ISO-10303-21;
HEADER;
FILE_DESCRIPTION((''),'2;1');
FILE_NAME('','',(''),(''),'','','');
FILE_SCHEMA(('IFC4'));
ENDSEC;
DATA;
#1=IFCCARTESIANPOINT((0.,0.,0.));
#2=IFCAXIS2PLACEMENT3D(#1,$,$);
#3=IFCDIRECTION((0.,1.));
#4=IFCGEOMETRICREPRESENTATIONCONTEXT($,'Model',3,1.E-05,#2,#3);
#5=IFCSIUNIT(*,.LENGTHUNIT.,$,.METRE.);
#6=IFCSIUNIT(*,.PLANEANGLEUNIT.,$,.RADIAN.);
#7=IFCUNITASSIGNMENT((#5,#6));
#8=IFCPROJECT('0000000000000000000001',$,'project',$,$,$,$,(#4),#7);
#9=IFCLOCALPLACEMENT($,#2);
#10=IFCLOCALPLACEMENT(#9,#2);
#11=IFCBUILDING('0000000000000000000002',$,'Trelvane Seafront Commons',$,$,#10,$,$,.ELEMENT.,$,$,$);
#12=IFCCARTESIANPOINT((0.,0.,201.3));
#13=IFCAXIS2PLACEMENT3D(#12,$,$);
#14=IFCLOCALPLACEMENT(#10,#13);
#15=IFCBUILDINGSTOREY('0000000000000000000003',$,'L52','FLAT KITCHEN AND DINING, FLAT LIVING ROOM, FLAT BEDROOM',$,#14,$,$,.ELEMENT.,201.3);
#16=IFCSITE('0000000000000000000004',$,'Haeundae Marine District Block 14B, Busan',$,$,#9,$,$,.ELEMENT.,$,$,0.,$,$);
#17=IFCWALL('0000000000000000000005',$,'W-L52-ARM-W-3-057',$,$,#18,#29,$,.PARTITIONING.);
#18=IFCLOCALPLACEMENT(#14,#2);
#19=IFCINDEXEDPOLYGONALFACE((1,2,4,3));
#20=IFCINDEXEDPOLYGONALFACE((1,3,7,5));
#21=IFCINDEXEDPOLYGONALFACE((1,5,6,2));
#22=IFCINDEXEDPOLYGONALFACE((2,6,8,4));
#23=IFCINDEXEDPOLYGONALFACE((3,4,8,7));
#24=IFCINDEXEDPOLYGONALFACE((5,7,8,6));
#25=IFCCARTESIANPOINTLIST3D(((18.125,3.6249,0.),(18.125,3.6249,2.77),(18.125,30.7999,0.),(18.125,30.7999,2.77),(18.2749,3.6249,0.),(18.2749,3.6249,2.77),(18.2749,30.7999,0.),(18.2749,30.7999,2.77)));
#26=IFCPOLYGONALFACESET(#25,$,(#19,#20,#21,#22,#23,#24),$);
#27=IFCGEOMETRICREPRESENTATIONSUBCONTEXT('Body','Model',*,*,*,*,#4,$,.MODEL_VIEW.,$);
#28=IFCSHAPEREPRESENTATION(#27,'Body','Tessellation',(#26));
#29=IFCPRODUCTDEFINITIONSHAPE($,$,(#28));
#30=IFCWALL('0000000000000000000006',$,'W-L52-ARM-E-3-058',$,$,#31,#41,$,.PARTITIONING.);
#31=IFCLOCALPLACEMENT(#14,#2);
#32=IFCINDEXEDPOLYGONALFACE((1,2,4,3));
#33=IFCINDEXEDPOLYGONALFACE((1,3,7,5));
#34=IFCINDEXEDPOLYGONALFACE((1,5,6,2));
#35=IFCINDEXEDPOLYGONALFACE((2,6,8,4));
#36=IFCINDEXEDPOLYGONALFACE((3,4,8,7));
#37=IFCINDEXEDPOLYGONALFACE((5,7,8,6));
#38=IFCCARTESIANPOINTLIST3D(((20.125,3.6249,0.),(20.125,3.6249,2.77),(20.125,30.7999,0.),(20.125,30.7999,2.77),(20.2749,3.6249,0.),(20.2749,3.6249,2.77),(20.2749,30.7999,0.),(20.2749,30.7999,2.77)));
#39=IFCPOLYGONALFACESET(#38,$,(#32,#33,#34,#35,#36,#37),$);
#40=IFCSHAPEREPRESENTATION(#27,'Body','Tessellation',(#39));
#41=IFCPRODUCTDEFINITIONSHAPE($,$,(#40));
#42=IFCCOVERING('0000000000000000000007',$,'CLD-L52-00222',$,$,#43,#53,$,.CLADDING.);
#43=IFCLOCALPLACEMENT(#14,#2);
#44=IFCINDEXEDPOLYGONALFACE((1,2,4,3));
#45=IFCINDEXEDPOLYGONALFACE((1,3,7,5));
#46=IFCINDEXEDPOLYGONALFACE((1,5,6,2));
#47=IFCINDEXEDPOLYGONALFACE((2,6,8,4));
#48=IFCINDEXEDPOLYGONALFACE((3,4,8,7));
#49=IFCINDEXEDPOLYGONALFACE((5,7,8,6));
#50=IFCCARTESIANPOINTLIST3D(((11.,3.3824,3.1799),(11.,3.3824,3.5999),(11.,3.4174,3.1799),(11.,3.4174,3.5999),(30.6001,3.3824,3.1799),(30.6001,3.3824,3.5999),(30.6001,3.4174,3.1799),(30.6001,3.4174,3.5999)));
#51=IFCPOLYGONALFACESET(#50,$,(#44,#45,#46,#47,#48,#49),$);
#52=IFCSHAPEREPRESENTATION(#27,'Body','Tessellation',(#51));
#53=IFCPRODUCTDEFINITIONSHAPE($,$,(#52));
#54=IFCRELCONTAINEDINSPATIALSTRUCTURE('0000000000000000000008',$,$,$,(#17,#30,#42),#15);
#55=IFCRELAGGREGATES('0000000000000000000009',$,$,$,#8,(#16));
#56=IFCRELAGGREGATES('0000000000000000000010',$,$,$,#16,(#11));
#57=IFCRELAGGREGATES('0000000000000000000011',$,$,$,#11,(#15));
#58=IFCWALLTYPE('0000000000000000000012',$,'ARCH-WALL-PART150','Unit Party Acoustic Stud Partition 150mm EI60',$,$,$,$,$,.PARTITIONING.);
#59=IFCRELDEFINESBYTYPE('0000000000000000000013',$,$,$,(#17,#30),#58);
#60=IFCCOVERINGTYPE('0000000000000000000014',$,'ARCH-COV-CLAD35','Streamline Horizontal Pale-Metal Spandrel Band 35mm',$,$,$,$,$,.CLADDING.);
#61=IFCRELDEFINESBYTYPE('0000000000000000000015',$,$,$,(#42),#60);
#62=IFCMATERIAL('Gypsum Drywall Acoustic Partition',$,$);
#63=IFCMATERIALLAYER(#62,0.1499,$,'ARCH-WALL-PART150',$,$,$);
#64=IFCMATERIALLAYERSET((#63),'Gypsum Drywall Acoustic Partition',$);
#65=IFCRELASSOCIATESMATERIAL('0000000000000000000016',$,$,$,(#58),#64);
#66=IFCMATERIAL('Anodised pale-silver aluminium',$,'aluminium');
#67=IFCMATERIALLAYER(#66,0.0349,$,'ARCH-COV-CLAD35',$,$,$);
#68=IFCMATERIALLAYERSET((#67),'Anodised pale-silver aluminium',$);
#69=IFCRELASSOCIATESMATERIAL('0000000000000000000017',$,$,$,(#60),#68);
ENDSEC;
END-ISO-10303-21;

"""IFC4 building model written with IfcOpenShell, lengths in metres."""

from ifc_helpers import new_model, si_unit, direction, frame, frame_2d, origin, origin_2d, place, context, subcontext, project, spatial, rectangle, extrude, source, transform, mapped, material, layer, layer_set, type_object, element, save


model = new_model("IFC4")

# Units and contexts
model_context = context("Model", 3, precision=1e-05, world=origin(), true_north=direction((0.0, 1.0)))
body_context = subcontext(model_context, "Body", "Model", "MODEL_VIEW")
ifc_project = project(units=[si_unit("LENGTHUNIT", "METRE"), si_unit("PLANEANGLEUNIT", "RADIAN")], contexts=[model_context])

# Site, building, storey
site_placement = place(None, origin())
site = spatial("IfcSite", under=ifc_project, at=site_placement, Name="Haeundae Marine District Block 14B, Busan", CompositionType="ELEMENT", RefElevation=0.0)
building_placement = place(site_placement, origin())
building = spatial("IfcBuilding", under=site, at=building_placement, Name="Trelvane Seafront Commons", CompositionType="ELEMENT")
storey_placement = place(building_placement, frame((0.0, 0.0, 201.3)))
storey = spatial("IfcBuildingStorey", under=building, at=storey_placement, Name="L52", Description="FLAT KITCHEN AND DINING, FLAT LIVING ROOM, FLAT BEDROOM", CompositionType="ELEMENT", Elevation=201.3)

# Shared definitions
ifc_material_1 = material(Name="Anodised pale-silver aluminium", Category="aluminium")

# Walls
ifc_material_2 = material(Name="Gypsum Drywall Acoustic Partition")
ifc_layer_1 = layer(ifc_material_2, 0.1499, Name="ARCH-WALL-PART150")
ifc_layer_set_1 = layer_set([ifc_layer_1], Name="Gypsum Drywall Acoustic Partition")
wall_type_1 = type_object("IfcWallType", Name="ARCH-WALL-PART150", Description="Unit Party Acoustic Stud Partition 150mm EI60", PredefinedType="PARTITIONING", material=ifc_layer_set_1)
for number, where, z_axis, x_axis, name in (
    (1, (18.2, 3.625, 0.0), (0.0, 0.0, 1.0), (0.0, 1.0, 0.0), "W-L52-ARM-W-3-057"),
    (2, (20.2, 3.625, 0.0), (0.0, 0.0, 1.0), (0.0, 1.0, 0.0), "W-L52-ARM-E-3-058"),
):
    element("IfcWall", number, at=place(storey_placement, frame(where, z_axis=z_axis, x_axis=x_axis)), inside=storey, type_object=wall_type_1, Name=name, PredefinedType="PARTITIONING", context=body_context, shape_type="SweptSolid", body=[
        extrude(rectangle(XDim=27.175, YDim=0.1499, at=frame_2d((13.5874, 0.0))), origin(), (0.0, 0.0, 1.0), 2.77),
    ])

# Covering
ifc_layer_2 = layer(ifc_material_1, 0.0349, Name="ARCH-COV-CLAD35")
ifc_layer_set_2 = layer_set([ifc_layer_2], Name="Anodised pale-silver aluminium")
covering_type = type_object("IfcCoveringType", Name="ARCH-COV-CLAD35", Description="Streamline Horizontal Pale-Metal Spandrel Band 35mm", PredefinedType="CLADDING", material=ifc_layer_set_2)
shared_shape_1 = source(origin(), body_context, "Body", "SweptSolid", [
    extrude(rectangle(XDim=19.6001, YDim=0.0349, at=origin_2d()), origin(), (0.0, 0.0, 1.0), 0.4199),
])
covering_placement = place(storey_placement, frame((20.8, 3.3999, 3.1799), z_axis=(0.0, 0.0, 1.0), x_axis=(-1.0, 0.0, 0.0)))
element("IfcCovering", 3, at=covering_placement, inside=storey, type_object=covering_type, Name="CLD-L52-00222", PredefinedType="CLADDING", context=body_context, shape_type="MappedRepresentation", body=[
    mapped(shared_shape_1, transform((0.0, 0.0, 0.0), x_axis=(1.0, 0.0, 0.0), y_axis=(0.0, 1.0, 0.0), z_axis=(0.0, 0.0, 1.0), scale=1.0)),
])

save(model, "model.ifc")
